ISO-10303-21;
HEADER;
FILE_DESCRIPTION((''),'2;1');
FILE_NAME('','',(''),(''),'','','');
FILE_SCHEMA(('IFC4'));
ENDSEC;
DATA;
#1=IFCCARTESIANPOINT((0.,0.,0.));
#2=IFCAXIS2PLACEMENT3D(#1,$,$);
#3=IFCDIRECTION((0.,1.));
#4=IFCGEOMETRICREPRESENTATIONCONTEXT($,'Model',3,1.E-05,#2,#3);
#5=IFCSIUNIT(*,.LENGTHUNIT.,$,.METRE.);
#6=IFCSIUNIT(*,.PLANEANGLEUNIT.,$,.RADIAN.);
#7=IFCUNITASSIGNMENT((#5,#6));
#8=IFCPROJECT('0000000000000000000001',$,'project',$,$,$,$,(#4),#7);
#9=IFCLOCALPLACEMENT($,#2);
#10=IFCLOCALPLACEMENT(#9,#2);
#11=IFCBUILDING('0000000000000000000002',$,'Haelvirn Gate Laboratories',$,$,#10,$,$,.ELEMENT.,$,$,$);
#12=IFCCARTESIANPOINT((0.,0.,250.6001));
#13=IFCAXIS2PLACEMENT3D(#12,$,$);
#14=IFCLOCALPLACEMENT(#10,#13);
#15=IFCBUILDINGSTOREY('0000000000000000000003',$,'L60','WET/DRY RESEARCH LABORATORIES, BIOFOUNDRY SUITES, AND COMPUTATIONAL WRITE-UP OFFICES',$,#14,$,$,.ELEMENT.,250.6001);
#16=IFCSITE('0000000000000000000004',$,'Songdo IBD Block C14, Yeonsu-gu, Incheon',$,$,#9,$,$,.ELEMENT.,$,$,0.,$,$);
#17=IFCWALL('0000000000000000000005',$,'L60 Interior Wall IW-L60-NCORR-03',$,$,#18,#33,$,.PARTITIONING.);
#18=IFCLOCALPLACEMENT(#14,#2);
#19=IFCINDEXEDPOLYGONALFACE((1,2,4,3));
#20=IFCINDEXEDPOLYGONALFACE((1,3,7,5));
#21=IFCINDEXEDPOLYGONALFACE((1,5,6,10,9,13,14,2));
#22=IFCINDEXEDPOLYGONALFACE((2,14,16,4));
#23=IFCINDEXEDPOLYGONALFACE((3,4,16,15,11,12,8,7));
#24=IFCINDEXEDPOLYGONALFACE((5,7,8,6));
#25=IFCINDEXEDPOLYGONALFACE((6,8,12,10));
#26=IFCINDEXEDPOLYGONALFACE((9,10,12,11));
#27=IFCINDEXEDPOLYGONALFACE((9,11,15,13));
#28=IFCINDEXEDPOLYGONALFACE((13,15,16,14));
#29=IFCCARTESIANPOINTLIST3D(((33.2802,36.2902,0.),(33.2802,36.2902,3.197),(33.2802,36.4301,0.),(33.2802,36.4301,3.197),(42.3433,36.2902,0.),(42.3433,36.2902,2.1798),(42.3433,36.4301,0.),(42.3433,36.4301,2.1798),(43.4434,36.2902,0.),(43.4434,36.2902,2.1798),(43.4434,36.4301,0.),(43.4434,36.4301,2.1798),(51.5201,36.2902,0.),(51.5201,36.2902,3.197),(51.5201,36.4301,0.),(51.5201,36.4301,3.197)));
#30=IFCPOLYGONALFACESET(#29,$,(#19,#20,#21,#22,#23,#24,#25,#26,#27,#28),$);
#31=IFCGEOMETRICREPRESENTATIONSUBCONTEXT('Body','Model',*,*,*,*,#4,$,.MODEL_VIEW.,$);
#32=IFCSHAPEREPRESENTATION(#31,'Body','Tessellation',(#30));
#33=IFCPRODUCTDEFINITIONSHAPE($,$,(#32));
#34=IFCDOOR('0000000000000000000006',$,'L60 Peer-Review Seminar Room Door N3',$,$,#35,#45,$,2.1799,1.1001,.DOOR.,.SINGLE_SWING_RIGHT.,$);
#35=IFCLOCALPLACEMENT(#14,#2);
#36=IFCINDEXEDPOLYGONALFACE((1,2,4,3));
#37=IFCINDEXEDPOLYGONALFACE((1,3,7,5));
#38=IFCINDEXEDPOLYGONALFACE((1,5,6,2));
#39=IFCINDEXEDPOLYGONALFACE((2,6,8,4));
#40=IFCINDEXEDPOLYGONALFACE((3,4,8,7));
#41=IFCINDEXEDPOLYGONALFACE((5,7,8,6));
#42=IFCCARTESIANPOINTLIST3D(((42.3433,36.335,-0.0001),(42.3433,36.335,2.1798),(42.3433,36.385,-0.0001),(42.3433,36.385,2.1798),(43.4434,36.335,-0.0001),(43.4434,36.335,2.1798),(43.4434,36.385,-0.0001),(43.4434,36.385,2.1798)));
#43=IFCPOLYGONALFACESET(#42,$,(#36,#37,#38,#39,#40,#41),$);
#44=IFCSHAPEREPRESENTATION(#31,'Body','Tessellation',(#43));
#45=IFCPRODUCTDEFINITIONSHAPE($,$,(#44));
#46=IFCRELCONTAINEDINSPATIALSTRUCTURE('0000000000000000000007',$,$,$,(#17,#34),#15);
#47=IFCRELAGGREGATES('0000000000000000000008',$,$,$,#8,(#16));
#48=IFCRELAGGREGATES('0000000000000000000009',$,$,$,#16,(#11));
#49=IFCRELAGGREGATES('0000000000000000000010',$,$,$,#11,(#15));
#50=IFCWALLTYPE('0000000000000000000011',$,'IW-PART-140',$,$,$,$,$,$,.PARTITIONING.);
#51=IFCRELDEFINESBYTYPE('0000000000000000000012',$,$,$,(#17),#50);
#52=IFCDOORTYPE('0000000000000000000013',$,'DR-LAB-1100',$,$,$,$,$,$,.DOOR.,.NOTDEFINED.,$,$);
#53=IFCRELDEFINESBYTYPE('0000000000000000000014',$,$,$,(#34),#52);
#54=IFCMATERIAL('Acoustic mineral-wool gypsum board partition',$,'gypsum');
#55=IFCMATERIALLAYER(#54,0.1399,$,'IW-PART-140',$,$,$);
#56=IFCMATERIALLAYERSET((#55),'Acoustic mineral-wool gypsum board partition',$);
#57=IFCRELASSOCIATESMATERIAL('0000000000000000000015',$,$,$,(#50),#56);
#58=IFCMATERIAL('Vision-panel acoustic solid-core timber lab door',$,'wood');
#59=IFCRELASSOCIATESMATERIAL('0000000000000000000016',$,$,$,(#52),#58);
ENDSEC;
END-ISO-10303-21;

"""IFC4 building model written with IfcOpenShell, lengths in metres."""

from ifc_helpers import new_model, si_unit, direction, frame, frame_2d, origin, place, context, subcontext, project, spatial, rectangle, extrude, source, transform, mapped, material, layer, layer_set, type_object, type_shapes, element, fill, save


model = new_model("IFC4")

# Units and contexts
model_context = context("Model", 3, precision=1e-05, world=origin(), true_north=direction((0.0, 1.0)))
body_context = subcontext(model_context, "Body", "Model", "MODEL_VIEW")
ifc_project = project(units=[si_unit("LENGTHUNIT", "METRE"), si_unit("PLANEANGLEUNIT", "RADIAN")], contexts=[model_context])

# Site, building, storey
site_placement = place(None, origin())
site = spatial("IfcSite", under=ifc_project, at=site_placement, Name="Songdo IBD Block C14, Yeonsu-gu, Incheon", CompositionType="ELEMENT", RefElevation=0.0)
building_placement = place(site_placement, origin())
building = spatial("IfcBuilding", under=site, at=building_placement, Name="Haelvirn Gate Laboratories", CompositionType="ELEMENT")
storey_placement = place(building_placement, frame((0.0, 0.0, 250.6001)))
storey = spatial("IfcBuildingStorey", under=building, at=storey_placement, Name="L60", Description="WET/DRY RESEARCH LABORATORIES, BIOFOUNDRY SUITES, AND COMPUTATIONAL WRITE-UP OFFICES", CompositionType="ELEMENT", Elevation=250.6001)

# Wall, opening, door
ifc_material_1 = material(Name="Acoustic mineral-wool gypsum board partition", Category="gypsum")
ifc_layer_1 = layer(ifc_material_1, 0.1399, Name="IW-PART-140")
ifc_layer_set_1 = layer_set([ifc_layer_1], Name="Acoustic mineral-wool gypsum board partition")
wall_type = type_object("IfcWallType", Name="IW-PART-140", PredefinedType="PARTITIONING", material=ifc_layer_set_1)
wall_placement = place(storey_placement, frame((33.28, 36.3601, 0.0), z_axis=(0.0, 0.0, 1.0), x_axis=(1.0, 0.0, 0.0)))
wall = element("IfcWall", 1, at=wall_placement, inside=storey, type_object=wall_type, Name="L60 Interior Wall IW-L60-NCORR-03", PredefinedType="PARTITIONING", context=body_context, shape_type="SweptSolid", body=[
    extrude(rectangle(XDim=18.24, YDim=0.1399, at=frame_2d((9.1201, 0.0))), origin(), (0.0, 0.0, 1.0), 3.197),
])
opening_placement = place(wall_placement, frame((9.0632, 0.0, 0.0)))
opening = element("IfcOpeningElement", 2, at=opening_placement, cuts=wall, PredefinedType="OPENING", context=body_context, shape_type="SweptSolid", body=[
    extrude(rectangle(XDim=1.1001, YDim=2.1799, at=frame_2d((0.55, 1.0898))), frame((0.0, 0.0801, 0.0), z_axis=(0.0, -1.0, 0.0), x_axis=(1.0, 0.0, 0.0)), (0.0, 0.0, 1.0), 0.1599),
])
ifc_material_2 = material(Name="Vision-panel acoustic solid-core timber lab door", Category="wood")
door_type = type_object("IfcDoorType", Name="DR-LAB-1100", OperationType="NOTDEFINED", PredefinedType="DOOR", material=ifc_material_2)
shared_shape_1 = source(origin(), body_context, "Body", "SweptSolid", [
    extrude(rectangle(XDim=1.1001, YDim=2.1799, at=frame_2d((0.55, 1.0898))), frame((0.0, 0.0249, 0.0), z_axis=(0.0, -1.0, 0.0), x_axis=(1.0, 0.0, 0.0)), (0.0, 0.0, 1.0), 0.05),
])
type_shapes(door_type, [shared_shape_1])
door_placement = place(opening_placement, origin())
door = element("IfcDoor", 3, at=door_placement, inside=storey, type_object=door_type, Name="L60 Peer-Review Seminar Room Door N3", OperationType="SINGLE_SWING_RIGHT", OverallHeight=2.1799, OverallWidth=1.1001, PredefinedType="DOOR", context=body_context, shape_type="MappedRepresentation", body=[
    mapped(shared_shape_1, transform((0.0, 0.0, 0.0), scale=1.0)),
])
fill(opening, door)

save(model, "model.ifc")
